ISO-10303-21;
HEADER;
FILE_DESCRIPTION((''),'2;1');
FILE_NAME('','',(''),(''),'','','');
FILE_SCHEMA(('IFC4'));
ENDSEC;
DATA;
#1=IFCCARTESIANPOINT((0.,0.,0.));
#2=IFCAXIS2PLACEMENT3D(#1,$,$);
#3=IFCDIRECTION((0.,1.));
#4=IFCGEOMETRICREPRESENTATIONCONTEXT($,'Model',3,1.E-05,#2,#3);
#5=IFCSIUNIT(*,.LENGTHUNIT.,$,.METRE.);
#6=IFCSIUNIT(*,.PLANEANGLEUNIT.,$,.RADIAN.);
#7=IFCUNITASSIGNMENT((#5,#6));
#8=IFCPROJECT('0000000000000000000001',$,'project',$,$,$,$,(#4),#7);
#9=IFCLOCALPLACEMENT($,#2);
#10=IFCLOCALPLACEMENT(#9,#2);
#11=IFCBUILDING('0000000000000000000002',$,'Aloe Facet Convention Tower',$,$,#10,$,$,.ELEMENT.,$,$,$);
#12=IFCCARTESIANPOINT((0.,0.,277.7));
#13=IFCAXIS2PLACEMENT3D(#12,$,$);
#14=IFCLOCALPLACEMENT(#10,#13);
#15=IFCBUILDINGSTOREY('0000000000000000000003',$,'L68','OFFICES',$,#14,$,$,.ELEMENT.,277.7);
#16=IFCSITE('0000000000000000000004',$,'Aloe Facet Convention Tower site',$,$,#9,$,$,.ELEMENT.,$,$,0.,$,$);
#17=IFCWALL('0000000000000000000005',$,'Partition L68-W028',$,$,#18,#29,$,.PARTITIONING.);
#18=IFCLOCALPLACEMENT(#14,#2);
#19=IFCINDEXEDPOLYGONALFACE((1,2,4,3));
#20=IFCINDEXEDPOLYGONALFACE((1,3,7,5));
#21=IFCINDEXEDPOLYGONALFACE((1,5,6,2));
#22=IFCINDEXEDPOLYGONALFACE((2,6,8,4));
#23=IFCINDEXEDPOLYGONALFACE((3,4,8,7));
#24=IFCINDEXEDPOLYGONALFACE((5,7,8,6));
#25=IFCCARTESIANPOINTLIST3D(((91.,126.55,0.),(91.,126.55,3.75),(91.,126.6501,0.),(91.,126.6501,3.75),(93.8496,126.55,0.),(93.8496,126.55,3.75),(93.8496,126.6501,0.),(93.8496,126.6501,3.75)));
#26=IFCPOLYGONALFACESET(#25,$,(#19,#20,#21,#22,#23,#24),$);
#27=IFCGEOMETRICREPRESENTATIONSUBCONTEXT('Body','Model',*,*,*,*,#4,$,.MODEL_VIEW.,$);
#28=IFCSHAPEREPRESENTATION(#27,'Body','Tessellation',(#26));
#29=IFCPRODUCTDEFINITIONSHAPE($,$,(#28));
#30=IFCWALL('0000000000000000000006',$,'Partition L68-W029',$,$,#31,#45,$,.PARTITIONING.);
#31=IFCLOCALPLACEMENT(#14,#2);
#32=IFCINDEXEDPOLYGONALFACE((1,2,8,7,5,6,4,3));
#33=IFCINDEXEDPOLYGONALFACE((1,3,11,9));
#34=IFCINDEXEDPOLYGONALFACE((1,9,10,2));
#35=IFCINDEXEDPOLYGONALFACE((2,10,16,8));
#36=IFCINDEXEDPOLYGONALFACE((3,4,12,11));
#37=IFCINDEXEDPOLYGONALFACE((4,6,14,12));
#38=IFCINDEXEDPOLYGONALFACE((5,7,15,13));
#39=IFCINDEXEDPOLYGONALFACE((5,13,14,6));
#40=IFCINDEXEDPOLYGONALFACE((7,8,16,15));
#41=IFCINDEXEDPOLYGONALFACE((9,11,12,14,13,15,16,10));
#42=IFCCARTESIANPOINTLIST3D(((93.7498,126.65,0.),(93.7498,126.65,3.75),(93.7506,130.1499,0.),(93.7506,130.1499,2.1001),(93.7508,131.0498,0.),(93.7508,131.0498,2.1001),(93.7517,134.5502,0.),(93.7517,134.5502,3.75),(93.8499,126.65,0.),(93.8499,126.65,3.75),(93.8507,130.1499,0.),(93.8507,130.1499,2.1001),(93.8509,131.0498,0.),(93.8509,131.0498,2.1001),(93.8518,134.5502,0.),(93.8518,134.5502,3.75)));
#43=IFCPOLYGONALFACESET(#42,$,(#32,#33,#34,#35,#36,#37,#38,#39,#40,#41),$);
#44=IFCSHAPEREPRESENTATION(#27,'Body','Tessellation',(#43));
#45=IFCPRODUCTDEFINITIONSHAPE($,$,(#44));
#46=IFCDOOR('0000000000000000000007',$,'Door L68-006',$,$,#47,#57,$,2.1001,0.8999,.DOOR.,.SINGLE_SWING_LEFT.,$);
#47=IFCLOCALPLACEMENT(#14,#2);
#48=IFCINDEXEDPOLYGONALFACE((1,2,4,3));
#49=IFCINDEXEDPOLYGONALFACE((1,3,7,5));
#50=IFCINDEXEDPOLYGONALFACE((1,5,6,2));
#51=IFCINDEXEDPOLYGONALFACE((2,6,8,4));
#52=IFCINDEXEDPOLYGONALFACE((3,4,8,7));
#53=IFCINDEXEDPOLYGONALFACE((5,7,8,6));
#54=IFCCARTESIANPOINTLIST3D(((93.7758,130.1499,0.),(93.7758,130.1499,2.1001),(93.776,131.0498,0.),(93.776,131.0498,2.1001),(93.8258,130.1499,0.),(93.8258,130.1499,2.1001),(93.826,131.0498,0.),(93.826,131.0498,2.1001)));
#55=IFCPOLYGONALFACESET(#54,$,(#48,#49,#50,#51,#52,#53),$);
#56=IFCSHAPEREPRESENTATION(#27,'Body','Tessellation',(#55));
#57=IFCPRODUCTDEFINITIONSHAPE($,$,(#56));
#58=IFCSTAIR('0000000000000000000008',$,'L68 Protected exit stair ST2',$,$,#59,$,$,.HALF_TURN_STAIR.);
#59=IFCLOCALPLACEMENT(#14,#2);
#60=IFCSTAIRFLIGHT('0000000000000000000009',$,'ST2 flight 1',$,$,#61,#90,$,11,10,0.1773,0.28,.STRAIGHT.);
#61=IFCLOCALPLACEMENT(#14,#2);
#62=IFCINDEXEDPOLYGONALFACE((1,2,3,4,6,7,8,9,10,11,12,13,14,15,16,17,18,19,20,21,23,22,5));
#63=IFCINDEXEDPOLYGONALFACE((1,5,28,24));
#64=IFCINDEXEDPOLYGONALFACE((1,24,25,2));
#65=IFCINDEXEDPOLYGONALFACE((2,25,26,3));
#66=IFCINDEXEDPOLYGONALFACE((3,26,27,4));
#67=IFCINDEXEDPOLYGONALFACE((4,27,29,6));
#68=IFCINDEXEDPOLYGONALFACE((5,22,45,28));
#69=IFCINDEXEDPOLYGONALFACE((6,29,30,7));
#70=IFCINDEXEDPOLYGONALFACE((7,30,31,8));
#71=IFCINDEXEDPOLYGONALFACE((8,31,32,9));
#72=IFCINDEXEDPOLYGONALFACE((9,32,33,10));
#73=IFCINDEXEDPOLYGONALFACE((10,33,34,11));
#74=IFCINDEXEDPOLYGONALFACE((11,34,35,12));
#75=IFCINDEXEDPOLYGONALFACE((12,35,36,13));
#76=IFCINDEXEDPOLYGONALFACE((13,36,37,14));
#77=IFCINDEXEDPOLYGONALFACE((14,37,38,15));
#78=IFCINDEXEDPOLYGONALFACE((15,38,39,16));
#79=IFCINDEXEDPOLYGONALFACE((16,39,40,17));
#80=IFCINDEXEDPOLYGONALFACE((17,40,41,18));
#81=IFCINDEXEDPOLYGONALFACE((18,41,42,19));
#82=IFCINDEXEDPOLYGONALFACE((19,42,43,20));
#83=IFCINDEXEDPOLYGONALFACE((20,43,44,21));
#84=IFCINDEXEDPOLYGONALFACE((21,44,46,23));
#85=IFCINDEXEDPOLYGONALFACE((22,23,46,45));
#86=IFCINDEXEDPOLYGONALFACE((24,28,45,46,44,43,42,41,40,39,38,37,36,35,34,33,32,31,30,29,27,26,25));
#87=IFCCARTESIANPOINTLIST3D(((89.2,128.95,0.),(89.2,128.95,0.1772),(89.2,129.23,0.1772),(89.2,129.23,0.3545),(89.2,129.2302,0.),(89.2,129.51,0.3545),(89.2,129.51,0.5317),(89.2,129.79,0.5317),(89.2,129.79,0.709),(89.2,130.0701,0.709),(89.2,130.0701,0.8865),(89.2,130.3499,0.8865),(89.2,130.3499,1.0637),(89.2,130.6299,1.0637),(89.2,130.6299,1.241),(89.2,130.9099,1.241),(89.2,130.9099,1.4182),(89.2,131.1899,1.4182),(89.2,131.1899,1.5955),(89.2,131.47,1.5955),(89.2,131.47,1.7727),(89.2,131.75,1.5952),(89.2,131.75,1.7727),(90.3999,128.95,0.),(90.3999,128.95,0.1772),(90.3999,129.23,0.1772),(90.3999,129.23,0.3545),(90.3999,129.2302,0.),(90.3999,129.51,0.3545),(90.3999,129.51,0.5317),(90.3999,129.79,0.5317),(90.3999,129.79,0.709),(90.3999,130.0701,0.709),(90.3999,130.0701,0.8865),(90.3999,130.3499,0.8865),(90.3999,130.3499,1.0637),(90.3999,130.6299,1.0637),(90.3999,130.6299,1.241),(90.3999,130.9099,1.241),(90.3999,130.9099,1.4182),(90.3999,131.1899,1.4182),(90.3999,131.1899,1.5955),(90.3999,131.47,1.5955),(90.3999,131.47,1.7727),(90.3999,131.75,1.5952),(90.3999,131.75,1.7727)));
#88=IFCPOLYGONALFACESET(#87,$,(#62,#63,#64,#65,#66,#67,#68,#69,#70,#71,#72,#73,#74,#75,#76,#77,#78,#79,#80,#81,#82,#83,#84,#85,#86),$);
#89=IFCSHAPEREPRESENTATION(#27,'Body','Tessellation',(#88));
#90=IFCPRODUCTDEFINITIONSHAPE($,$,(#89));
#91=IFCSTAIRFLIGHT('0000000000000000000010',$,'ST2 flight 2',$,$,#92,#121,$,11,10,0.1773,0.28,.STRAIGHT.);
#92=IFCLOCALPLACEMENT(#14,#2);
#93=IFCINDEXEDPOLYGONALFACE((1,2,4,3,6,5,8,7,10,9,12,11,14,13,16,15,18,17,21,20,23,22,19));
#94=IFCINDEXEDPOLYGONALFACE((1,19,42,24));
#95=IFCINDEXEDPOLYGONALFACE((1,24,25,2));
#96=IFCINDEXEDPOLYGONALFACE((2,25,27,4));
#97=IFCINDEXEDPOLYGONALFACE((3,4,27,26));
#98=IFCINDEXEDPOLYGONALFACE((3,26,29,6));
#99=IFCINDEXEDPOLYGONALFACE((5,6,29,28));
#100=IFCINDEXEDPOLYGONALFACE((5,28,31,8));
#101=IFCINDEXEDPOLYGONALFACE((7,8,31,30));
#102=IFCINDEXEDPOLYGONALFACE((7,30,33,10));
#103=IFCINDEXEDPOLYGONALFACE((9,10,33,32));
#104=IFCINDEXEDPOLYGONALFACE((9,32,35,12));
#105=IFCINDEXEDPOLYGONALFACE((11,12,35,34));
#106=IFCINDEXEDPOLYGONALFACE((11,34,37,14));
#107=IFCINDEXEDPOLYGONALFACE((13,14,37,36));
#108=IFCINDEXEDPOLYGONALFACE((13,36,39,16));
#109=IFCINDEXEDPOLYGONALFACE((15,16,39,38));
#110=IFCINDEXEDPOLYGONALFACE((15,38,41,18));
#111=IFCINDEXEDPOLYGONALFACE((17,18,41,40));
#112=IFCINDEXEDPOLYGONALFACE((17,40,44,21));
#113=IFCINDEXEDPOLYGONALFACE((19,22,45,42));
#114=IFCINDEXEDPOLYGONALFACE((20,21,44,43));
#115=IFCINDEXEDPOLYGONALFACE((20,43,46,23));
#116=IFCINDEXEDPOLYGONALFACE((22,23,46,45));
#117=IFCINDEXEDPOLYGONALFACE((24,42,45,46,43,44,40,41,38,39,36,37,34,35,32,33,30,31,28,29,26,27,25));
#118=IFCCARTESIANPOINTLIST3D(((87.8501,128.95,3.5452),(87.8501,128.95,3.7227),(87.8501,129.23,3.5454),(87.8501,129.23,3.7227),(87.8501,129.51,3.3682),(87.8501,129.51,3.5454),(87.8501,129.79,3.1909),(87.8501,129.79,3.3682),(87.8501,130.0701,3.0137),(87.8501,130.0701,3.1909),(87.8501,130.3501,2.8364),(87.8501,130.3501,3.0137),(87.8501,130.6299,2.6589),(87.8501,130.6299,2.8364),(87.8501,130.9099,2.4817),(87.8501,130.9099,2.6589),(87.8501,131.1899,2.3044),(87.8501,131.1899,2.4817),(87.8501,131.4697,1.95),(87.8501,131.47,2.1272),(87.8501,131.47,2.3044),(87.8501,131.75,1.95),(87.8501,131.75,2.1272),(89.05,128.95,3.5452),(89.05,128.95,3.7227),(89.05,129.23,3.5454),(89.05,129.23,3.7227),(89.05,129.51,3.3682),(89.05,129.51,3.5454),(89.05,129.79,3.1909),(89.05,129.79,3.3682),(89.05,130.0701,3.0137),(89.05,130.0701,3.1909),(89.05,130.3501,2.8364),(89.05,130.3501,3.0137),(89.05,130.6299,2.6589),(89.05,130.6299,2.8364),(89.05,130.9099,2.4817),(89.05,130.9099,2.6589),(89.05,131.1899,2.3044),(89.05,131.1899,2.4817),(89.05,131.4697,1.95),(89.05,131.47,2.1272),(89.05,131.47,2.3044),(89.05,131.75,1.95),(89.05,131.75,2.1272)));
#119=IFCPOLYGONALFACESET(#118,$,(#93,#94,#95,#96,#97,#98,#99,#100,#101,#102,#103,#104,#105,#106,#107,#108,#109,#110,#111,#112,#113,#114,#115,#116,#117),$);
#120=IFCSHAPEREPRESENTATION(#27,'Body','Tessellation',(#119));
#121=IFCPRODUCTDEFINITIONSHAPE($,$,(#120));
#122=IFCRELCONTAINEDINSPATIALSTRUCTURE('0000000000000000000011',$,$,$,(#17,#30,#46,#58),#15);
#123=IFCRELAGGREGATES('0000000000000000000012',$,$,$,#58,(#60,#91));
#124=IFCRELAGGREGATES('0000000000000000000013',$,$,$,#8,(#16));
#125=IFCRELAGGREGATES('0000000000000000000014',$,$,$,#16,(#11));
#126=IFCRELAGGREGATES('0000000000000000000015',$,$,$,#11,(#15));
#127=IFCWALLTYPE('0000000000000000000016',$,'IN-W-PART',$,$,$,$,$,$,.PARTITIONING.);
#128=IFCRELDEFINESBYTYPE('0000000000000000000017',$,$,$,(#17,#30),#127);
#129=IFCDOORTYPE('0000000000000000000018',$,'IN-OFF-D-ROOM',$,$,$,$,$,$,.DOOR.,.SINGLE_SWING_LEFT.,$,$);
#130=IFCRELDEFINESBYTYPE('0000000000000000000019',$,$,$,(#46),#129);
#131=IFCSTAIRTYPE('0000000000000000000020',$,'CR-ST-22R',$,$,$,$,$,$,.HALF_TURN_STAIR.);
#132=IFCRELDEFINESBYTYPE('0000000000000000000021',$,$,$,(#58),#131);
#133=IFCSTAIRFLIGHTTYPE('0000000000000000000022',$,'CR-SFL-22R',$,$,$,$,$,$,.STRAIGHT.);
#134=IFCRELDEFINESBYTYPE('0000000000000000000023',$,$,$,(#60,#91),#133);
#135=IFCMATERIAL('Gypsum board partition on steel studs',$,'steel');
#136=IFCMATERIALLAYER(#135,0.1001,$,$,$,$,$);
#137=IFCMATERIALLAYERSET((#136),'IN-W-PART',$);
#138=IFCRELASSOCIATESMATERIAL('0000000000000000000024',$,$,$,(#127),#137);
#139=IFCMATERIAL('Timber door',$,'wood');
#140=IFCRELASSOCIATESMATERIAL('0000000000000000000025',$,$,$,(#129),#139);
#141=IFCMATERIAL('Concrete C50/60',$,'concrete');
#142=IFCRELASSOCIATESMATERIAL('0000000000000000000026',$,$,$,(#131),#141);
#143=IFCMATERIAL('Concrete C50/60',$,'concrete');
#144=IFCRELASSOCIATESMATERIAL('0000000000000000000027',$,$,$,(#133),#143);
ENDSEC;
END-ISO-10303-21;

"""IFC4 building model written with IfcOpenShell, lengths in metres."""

from ifc_helpers import new_model, si_unit, direction, frame, frame_2d, origin, place, context, subcontext, project, spatial, polyline, rectangle, outline, extrude, material, layer, layer_set, type_object, element, fill, aggregate, save


model = new_model("IFC4")

# Units and contexts
model_context = context("Model", 3, precision=1e-05, world=origin(), true_north=direction((0.0, 1.0)))
body_context = subcontext(model_context, "Body", "Model", "MODEL_VIEW")
ifc_project = project(units=[si_unit("LENGTHUNIT", "METRE"), si_unit("PLANEANGLEUNIT", "RADIAN")], contexts=[model_context])

# Site, building, storey
site_placement = place(None, origin())
site = spatial("IfcSite", under=ifc_project, at=site_placement, Name="Aloe Facet Convention Tower site", CompositionType="ELEMENT", RefElevation=0.0)
building_placement = place(site_placement, origin())
building = spatial("IfcBuilding", under=site, at=building_placement, Name="Aloe Facet Convention Tower", CompositionType="ELEMENT")
storey_placement = place(building_placement, frame((0.0, 0.0, 277.7)))
storey = spatial("IfcBuildingStorey", under=building, at=storey_placement, Name="L68", Description="OFFICES", CompositionType="ELEMENT", Elevation=277.7)

# Wall
ifc_material_1 = material(Name="Gypsum board partition on steel studs", Category="steel")
ifc_layer_1 = layer(ifc_material_1, 0.1001)
ifc_layer_set_1 = layer_set([ifc_layer_1], Name="IN-W-PART")
wall_type_1 = type_object("IfcWallType", Name="IN-W-PART", PredefinedType="PARTITIONING", material=ifc_layer_set_1)
wall_1_placement = place(storey_placement, frame((91.0, 126.6001, 0.0), z_axis=(0.0, 0.0, 1.0), x_axis=(1.0, 0.0, 0.0)))
element("IfcWall", 1, at=wall_1_placement, inside=storey, type_object=wall_type_1, Name="Partition L68-W028", PredefinedType="PARTITIONING", context=body_context, shape_type="SweptSolid", body=[
    extrude(rectangle(XDim=2.8496, YDim=0.1001, at=frame_2d((1.4248, 0.0))), origin(), (0.0, 0.0, 1.0), 3.75),
])

# Wall, opening, door
wall_2_placement = place(storey_placement, frame((93.7998, 126.6499, 0.0), z_axis=(0.0, 0.0, 1.0), x_axis=(0.000247, 1.0, 0.0)))
wall_2 = element("IfcWall", 2, at=wall_2_placement, inside=storey, type_object=wall_type_1, Name="Partition L68-W029", PredefinedType="PARTITIONING", context=body_context, shape_type="SweptSolid", body=[
    extrude(rectangle(XDim=7.9001, YDim=0.1001, at=frame_2d((3.9502, 0.0))), origin(), (0.0, 0.0, 1.0), 3.75),
])
opening_1_placement = place(wall_2_placement, frame((3.5, 0.0, 0.0)))
opening_1 = element("IfcOpeningElement", 3, at=opening_1_placement, cuts=wall_2, PredefinedType="OPENING", context=body_context, shape_type="SweptSolid", body=[
    extrude(rectangle(XDim=0.8999, YDim=2.1001, at=frame_2d((0.45, 1.05))), frame((0.0, 0.0601, 0.0), z_axis=(0.0, -1.0, 0.0), x_axis=(1.0, 0.0, 0.0)), (0.0, 0.0, 1.0), 0.1201),
])
ifc_material_2 = material(Name="Timber door", Category="wood")
door_type = type_object("IfcDoorType", Name="IN-OFF-D-ROOM", OperationType="SINGLE_SWING_LEFT", PredefinedType="DOOR", material=ifc_material_2)
door_placement = place(opening_1_placement, origin())
door = element("IfcDoor", 4, at=door_placement, inside=storey, type_object=door_type, Name="Door L68-006", OperationType="SINGLE_SWING_LEFT", OverallHeight=2.1001, OverallWidth=0.8999, PredefinedType="DOOR", context=body_context, shape_type="SweptSolid", body=[
    extrude(rectangle(XDim=0.8999, YDim=2.1001, at=frame_2d((0.45, 1.05))), frame((0.0, 0.0249, 0.0), z_axis=(0.0, -1.0, 0.0), x_axis=(1.0, 0.0, 0.0)), (0.0, 0.0, 1.0), 0.05),
])
fill(opening_1, door)

# Stair, stair flights
ifc_material_3 = material(Name="Concrete C50/60", Category="concrete")
stair_type = type_object("IfcStairType", Name="CR-ST-22R", PredefinedType="HALF_TURN_STAIR", material=ifc_material_3)
stair_placement = place(storey_placement, origin())
stair = element("IfcStair", 5, at=stair_placement, inside=storey, type_object=stair_type, Name="L68 Protected exit stair ST2", PredefinedType="HALF_TURN_STAIR")
ifc_material_4 = material(Name="Concrete C50/60", Category="concrete")
stair_flight_type = type_object("IfcStairFlightType", Name="CR-SFL-22R", PredefinedType="STRAIGHT", material=ifc_material_4)
stair_flight_1_placement = place(storey_placement, frame((89.8, 128.95, 0.0), z_axis=(0.0, 0.0, 1.0), x_axis=(0.0, 1.0, 0.0)))
stair_flight_1 = element("IfcStairFlight", 6, at=stair_flight_1_placement, type_object=stair_flight_type, Name="ST2 flight 1", NumberOfRisers=11, NumberOfTreads=10, PredefinedType="STRAIGHT", RiserHeight=0.1773, TreadLength=0.28, context=body_context, shape_type="SweptSolid", body=[
    extrude(outline(polyline([(0.0, 0.0), (0.0, 0.1772), (0.28, 0.1772), (0.28, 0.3545), (0.5601, 0.3545), (0.5601, 0.5317), (0.8401, 0.5317), (0.8401, 0.709), (1.1201, 0.709), (1.1201, 0.8865), (1.3999, 0.8865), (1.3999, 1.0637), (1.6799, 1.0637), (1.6799, 1.241), (1.96, 1.241), (1.96, 1.4182), (2.24, 1.4182), (2.24, 1.5955), (2.52, 1.5955), (2.52, 1.7727), (2.8, 1.7727), (2.8, 1.95), (2.8, 1.5952), (0.2803, 0.0), (0.0, 0.0)])), frame((0.0, 0.6001, 0.0), z_axis=(0.0, -1.0, 0.0), x_axis=(1.0, 0.0, 0.0)), (0.0, 0.0, 1.0), 1.2),
])
stair_flight_2_placement = place(storey_placement, frame((88.45, 131.75, 1.95), z_axis=(0.0, 0.0, 1.0), x_axis=(0.0, -1.0, 0.0)))
stair_flight_2 = element("IfcStairFlight", 7, at=stair_flight_2_placement, type_object=stair_flight_type, Name="ST2 flight 2", NumberOfRisers=11, NumberOfTreads=10, PredefinedType="STRAIGHT", RiserHeight=0.1773, TreadLength=0.28, context=body_context, shape_type="SweptSolid", body=[
    extrude(outline(polyline([(0.0, 0.0), (0.0, 0.1772), (0.28, 0.1772), (0.28, 0.3545), (0.5601, 0.3545), (0.5601, 0.5317), (0.8401, 0.5317), (0.8401, 0.709), (1.1201, 0.709), (1.1201, 0.8865), (1.3999, 0.8865), (1.3999, 1.0637), (1.6799, 1.0637), (1.6799, 1.241), (1.96, 1.241), (1.96, 1.4182), (2.24, 1.4182), (2.24, 1.5955), (2.52, 1.5955), (2.52, 1.7727), (2.8, 1.7727), (2.8, 1.95), (2.8, 1.5952), (0.2803, 0.0), (0.0, 0.0)])), frame((0.0, 0.6001, 0.0), z_axis=(0.0, -1.0, 0.0), x_axis=(1.0, 0.0, 0.0)), (0.0, 0.0, 1.0), 1.2),
])
aggregate(stair, [stair_flight_1, stair_flight_2])

save(model, "model.ifc")
